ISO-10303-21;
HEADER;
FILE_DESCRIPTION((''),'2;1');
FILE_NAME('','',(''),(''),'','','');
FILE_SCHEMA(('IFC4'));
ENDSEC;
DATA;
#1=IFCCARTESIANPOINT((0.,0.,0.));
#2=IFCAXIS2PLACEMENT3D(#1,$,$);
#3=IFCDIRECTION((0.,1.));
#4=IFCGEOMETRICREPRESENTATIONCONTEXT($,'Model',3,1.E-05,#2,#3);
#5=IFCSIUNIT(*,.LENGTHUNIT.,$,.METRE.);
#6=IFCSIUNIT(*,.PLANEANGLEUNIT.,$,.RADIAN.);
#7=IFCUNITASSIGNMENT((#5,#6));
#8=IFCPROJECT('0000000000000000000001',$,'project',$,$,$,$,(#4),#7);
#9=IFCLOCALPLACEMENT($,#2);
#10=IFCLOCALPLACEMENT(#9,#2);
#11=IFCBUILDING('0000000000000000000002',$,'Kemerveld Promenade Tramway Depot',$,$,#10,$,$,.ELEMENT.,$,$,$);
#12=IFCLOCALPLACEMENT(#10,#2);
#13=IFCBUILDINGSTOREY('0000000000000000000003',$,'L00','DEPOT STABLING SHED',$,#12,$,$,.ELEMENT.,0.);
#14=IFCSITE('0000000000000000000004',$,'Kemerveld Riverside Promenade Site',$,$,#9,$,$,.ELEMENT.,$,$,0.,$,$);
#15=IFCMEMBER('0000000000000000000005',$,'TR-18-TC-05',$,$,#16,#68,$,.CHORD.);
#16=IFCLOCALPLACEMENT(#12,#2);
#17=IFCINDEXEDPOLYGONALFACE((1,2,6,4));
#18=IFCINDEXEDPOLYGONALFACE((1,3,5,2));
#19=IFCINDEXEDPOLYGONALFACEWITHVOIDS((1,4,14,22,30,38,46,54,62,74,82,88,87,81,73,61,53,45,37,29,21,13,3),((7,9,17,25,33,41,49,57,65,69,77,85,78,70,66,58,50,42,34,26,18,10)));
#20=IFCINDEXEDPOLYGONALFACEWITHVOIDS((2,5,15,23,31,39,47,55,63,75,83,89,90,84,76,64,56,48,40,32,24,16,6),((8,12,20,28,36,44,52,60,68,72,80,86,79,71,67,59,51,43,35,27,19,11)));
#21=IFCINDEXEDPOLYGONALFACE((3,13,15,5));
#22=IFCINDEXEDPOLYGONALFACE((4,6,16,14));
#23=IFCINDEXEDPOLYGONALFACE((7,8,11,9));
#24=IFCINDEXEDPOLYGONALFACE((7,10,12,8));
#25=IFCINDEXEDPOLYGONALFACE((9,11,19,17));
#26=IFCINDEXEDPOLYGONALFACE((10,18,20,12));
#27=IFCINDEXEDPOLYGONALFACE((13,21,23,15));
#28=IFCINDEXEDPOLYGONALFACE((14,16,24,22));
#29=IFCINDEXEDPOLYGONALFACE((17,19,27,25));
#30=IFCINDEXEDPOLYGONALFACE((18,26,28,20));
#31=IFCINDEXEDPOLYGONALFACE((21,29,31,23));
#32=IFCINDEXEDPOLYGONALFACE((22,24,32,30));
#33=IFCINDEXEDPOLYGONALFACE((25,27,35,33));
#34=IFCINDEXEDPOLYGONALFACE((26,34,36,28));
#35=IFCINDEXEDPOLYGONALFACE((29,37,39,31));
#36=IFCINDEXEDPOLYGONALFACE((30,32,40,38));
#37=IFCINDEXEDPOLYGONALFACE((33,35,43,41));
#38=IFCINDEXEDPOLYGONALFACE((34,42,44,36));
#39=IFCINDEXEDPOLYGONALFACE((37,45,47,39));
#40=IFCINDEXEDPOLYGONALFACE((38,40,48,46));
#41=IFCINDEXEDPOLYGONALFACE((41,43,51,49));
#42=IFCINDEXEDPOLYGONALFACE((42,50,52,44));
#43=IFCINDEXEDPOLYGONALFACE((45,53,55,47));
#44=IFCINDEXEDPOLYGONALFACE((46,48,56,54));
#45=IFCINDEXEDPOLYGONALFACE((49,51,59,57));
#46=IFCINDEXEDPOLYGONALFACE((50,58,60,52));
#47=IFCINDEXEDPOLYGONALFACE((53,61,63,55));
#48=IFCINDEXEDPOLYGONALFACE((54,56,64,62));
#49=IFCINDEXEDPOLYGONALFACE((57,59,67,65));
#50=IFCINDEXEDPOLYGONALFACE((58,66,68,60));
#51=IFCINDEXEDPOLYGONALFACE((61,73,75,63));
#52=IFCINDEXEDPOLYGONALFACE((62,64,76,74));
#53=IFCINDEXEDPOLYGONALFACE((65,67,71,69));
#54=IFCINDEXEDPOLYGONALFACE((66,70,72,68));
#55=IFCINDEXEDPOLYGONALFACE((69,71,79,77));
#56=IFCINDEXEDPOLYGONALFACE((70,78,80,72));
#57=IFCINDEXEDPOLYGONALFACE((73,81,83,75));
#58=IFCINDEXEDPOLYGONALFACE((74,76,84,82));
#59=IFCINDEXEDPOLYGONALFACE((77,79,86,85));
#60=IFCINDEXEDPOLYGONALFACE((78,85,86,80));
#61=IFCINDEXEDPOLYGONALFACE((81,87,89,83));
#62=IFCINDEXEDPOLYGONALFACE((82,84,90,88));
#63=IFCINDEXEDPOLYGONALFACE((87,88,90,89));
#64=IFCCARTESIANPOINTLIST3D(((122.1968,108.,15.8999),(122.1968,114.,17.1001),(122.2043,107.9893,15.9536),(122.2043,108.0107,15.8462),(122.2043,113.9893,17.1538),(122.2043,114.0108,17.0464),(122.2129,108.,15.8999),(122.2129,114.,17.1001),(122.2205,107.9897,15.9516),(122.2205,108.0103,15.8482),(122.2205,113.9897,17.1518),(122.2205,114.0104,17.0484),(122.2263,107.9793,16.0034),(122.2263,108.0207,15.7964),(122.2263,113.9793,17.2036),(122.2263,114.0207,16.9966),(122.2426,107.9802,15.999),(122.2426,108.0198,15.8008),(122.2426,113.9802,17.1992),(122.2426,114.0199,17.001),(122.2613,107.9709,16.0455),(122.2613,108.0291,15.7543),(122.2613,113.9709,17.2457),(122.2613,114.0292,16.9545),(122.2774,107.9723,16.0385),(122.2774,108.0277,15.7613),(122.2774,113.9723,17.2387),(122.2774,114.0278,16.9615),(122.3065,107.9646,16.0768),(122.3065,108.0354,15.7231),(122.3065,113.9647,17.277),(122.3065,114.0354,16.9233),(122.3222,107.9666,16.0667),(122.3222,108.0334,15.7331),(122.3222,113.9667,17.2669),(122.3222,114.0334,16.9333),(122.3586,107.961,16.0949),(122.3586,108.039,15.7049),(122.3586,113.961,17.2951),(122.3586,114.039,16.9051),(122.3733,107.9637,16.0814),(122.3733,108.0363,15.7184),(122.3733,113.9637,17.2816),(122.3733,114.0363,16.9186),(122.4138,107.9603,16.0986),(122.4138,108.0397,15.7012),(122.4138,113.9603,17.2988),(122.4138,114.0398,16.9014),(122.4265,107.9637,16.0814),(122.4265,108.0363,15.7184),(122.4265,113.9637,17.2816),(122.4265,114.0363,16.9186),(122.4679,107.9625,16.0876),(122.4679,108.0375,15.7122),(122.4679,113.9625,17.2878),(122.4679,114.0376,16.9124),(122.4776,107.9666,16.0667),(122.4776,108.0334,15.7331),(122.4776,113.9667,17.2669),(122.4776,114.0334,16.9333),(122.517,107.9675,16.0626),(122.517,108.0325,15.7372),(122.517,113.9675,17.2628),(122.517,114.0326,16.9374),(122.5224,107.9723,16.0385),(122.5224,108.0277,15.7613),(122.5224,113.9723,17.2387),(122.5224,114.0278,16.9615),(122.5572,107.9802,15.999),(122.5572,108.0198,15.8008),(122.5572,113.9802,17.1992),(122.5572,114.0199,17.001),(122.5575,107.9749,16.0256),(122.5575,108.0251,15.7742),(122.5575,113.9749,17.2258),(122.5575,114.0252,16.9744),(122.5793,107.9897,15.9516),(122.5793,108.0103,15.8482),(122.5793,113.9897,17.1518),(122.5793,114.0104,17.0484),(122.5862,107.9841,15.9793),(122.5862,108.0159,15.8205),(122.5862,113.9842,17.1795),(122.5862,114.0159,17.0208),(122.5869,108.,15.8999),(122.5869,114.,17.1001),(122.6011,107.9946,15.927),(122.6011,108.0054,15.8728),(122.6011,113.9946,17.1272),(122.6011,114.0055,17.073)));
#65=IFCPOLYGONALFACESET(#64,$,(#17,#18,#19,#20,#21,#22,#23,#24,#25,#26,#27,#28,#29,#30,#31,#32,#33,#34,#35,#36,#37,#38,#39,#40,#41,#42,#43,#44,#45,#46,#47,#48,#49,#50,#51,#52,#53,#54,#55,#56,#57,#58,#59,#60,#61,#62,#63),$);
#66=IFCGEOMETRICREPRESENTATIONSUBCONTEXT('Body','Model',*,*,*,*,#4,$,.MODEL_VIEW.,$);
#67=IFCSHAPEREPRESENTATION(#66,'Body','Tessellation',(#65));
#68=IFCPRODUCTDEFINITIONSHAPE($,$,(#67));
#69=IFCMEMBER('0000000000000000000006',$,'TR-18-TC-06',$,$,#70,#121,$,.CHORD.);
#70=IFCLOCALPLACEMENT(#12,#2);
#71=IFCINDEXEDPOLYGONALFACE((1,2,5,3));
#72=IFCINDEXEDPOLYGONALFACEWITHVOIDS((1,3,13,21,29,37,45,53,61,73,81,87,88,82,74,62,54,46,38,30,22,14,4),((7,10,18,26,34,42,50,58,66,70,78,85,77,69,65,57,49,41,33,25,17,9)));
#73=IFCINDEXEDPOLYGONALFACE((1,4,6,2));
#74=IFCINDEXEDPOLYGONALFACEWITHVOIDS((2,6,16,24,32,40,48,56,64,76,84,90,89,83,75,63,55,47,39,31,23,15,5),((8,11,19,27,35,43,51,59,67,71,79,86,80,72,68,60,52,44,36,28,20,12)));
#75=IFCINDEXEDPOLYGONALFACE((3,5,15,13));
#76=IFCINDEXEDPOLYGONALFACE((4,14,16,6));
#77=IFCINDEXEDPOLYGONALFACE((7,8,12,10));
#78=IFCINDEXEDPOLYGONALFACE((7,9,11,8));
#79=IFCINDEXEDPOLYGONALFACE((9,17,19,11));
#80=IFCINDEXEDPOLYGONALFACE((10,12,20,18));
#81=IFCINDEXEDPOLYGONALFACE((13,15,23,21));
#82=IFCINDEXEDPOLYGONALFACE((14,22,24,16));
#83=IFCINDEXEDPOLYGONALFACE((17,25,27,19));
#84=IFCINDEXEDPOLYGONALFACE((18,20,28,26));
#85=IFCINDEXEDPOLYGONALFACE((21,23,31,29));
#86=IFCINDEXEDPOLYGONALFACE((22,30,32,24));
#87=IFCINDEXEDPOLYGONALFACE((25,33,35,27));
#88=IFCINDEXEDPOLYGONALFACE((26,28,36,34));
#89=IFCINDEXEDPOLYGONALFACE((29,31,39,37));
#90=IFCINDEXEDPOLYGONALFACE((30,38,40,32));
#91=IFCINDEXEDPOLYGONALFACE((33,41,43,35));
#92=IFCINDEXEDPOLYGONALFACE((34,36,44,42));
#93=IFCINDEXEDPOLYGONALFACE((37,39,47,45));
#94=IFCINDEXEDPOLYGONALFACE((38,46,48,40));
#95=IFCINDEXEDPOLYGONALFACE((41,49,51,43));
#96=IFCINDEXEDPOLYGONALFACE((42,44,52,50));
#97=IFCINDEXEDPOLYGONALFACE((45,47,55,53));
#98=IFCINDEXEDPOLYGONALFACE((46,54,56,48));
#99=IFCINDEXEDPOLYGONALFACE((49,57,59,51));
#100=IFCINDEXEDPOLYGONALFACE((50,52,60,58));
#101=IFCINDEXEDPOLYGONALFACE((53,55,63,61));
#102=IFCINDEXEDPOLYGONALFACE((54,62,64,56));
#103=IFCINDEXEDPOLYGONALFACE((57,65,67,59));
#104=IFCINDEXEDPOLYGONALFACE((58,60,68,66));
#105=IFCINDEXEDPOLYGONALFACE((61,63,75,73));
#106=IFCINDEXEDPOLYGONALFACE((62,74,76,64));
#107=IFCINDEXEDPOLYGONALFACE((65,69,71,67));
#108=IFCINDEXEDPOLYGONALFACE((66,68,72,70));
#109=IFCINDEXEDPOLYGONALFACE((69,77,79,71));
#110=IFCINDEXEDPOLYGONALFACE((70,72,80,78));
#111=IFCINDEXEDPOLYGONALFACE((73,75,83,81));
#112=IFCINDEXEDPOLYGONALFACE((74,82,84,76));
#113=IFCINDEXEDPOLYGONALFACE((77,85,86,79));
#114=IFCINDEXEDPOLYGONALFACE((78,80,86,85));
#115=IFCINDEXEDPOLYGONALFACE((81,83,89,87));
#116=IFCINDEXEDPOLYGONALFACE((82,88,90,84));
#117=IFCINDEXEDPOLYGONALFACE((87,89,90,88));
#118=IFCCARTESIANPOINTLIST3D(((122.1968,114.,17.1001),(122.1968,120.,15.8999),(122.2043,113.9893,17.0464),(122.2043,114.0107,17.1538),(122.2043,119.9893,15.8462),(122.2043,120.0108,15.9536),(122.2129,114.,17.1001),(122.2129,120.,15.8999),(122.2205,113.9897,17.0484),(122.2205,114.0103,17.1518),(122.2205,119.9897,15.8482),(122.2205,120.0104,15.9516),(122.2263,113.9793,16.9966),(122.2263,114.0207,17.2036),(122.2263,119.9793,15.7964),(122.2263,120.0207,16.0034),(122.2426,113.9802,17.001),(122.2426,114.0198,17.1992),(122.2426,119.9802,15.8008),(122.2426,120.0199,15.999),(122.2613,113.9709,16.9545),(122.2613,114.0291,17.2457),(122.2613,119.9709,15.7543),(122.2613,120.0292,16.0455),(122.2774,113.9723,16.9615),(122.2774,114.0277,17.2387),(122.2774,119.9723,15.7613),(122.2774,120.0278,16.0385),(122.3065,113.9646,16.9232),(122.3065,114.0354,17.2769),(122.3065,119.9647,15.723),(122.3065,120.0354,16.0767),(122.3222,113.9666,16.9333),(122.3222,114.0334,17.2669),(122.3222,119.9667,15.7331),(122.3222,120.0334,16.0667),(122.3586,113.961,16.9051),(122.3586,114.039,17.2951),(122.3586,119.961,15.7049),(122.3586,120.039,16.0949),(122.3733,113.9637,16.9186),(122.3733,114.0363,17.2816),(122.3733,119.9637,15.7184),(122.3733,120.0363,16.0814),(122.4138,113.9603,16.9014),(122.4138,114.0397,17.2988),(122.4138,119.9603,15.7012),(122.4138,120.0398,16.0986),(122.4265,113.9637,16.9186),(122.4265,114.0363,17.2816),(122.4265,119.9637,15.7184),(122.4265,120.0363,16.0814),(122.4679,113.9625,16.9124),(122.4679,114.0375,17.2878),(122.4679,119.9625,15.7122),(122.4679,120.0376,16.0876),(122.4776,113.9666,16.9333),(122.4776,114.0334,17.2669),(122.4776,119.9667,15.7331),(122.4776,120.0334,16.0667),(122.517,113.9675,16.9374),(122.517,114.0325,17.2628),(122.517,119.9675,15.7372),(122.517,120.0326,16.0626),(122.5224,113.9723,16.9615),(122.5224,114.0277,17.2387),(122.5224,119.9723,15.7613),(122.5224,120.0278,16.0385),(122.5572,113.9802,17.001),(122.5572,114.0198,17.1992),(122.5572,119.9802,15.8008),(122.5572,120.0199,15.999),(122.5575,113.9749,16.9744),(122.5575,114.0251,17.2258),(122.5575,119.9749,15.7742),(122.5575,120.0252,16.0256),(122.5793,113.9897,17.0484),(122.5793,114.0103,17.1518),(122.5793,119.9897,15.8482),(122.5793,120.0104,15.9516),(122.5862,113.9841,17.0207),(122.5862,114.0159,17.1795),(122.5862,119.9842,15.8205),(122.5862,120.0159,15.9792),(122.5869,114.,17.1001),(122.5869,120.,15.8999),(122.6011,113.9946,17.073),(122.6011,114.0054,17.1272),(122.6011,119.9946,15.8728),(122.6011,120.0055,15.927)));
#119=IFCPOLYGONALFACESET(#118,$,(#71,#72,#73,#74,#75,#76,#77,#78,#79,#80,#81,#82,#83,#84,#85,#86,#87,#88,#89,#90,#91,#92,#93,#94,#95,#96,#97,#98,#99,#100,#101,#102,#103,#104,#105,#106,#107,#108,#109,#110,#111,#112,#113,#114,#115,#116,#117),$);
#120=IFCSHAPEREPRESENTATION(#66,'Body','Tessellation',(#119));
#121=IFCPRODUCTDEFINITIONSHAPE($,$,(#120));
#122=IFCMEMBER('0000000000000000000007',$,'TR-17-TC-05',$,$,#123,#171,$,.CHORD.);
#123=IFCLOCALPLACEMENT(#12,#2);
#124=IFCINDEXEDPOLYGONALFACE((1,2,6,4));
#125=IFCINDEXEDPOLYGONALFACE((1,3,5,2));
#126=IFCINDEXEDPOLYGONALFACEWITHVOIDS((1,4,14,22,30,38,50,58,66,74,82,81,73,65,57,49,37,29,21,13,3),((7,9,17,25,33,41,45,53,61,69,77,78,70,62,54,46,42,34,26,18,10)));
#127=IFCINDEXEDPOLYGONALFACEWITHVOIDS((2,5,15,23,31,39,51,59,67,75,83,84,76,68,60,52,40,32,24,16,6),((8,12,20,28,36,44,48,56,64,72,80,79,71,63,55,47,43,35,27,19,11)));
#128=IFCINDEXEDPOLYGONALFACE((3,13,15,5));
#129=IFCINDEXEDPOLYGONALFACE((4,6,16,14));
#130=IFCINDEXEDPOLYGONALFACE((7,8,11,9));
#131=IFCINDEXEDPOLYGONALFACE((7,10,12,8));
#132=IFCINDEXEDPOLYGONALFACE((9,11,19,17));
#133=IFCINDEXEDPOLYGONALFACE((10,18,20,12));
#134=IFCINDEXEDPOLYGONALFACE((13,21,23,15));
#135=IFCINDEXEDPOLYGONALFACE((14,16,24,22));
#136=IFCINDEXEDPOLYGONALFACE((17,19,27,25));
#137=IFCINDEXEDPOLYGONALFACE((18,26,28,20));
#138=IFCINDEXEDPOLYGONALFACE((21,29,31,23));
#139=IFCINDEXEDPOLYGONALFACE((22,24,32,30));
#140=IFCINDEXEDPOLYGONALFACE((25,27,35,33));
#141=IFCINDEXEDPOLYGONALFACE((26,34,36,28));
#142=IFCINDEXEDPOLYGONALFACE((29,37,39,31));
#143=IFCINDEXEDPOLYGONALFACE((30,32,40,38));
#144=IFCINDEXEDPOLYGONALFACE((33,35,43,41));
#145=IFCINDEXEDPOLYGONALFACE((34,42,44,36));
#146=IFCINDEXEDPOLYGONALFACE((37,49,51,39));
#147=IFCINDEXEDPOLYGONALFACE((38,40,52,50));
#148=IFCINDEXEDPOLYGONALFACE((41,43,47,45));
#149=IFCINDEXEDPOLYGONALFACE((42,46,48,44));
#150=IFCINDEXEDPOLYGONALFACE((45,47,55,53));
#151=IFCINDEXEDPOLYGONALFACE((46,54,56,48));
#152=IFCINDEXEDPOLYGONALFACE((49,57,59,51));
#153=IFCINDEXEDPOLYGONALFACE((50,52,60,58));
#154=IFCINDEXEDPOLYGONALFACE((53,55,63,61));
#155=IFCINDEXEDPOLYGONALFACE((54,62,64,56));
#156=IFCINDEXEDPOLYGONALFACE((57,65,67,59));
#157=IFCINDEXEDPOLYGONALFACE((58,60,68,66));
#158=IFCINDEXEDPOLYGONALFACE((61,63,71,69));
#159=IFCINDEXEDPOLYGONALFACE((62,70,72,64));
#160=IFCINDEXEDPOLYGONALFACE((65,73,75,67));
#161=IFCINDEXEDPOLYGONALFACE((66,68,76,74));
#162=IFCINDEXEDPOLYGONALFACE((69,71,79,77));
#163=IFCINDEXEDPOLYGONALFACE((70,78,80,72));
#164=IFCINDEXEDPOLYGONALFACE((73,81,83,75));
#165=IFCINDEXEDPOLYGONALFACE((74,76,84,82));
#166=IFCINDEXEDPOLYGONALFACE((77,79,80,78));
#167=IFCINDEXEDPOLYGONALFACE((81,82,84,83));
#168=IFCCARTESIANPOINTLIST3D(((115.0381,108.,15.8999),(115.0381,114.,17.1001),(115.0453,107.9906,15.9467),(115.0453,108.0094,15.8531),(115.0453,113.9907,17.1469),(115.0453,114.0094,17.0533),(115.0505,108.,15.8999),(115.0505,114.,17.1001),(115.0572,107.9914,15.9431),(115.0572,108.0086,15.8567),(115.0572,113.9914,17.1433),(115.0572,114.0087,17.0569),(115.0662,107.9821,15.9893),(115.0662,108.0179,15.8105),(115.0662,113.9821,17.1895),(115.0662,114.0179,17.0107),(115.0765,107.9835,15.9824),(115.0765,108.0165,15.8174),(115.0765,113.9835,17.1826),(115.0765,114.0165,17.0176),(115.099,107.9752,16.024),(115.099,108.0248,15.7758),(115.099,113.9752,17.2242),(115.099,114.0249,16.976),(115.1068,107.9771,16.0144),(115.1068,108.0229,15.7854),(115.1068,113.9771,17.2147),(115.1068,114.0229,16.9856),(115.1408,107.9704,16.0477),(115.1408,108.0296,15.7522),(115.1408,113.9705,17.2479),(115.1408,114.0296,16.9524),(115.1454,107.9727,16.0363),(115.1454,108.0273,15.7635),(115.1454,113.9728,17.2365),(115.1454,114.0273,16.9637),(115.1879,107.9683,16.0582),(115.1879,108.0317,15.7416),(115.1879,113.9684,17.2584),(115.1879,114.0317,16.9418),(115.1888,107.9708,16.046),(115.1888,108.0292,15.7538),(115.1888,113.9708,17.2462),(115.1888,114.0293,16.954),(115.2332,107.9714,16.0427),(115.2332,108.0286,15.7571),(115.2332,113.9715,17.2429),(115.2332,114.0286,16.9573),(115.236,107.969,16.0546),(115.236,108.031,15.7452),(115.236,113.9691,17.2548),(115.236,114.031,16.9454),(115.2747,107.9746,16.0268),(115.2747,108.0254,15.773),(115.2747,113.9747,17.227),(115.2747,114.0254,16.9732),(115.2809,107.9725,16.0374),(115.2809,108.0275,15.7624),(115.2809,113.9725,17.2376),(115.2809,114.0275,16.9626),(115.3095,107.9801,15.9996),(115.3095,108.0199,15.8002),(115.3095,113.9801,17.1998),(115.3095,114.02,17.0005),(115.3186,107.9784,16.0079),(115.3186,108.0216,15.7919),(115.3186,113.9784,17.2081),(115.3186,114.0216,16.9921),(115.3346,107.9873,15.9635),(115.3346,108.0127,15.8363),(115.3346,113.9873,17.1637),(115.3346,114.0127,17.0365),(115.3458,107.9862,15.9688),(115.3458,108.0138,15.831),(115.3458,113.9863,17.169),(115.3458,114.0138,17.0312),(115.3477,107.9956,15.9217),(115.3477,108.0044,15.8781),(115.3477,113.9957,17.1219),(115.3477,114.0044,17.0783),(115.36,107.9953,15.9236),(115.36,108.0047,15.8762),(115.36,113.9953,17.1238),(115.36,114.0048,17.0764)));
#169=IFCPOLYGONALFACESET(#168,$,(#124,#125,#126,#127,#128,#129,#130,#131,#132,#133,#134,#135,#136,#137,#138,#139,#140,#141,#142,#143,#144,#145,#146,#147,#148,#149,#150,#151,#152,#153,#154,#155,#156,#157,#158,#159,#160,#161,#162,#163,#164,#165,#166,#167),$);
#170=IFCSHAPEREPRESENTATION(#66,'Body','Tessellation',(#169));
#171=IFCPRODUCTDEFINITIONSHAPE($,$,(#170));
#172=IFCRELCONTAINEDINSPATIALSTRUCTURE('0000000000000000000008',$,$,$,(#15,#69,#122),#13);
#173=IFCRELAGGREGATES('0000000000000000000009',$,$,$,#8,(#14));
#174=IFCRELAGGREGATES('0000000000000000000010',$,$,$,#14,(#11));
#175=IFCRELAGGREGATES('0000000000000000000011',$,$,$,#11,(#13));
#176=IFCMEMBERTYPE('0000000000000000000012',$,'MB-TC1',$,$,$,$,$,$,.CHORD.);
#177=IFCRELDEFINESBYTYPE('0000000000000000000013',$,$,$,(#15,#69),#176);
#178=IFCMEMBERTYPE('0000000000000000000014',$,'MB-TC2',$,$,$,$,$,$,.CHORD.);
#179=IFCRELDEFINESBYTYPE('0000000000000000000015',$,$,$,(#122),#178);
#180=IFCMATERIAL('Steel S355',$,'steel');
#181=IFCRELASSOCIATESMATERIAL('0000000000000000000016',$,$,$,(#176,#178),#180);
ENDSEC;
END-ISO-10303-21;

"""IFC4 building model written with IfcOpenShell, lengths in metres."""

from ifc_helpers import new_model, si_unit, direction, frame, origin, origin_2d, place, context, subcontext, project, spatial, hollow_circle, extrude, material, material_profile, profile_set, type_object, element, save


model = new_model("IFC4")

# Units and contexts
model_context = context("Model", 3, precision=1e-05, world=origin(), true_north=direction((0.0, 1.0)))
body_context = subcontext(model_context, "Body", "Model", "MODEL_VIEW")
ifc_project = project(units=[si_unit("LENGTHUNIT", "METRE"), si_unit("PLANEANGLEUNIT", "RADIAN")], contexts=[model_context])

# Site, building, storey
site_placement = place(None, origin())
site = spatial("IfcSite", under=ifc_project, at=site_placement, Name="Kemerveld Riverside Promenade Site", CompositionType="ELEMENT", RefElevation=0.0)
building_placement = place(site_placement, origin())
building = spatial("IfcBuilding", under=site, at=building_placement, Name="Kemerveld Promenade Tramway Depot", CompositionType="ELEMENT")
storey_placement = place(building_placement, origin())
storey = spatial("IfcBuildingStorey", under=building, at=storey_placement, Name="L00", Description="DEPOT STABLING SHED", CompositionType="ELEMENT", Elevation=0.0)

# Members
ifc_material_1 = material(Name="Steel S355", Category="steel")
ifc_material_profile_1 = material_profile(ifc_material_1, hollow_circle(Radius=0.2031, WallThickness=0.0161, at=origin_2d()), Name="406.4x16.0 CHS")
ifc_profile_set_1 = profile_set([ifc_material_profile_1], Name="Steel S355")
member_type_1 = type_object("IfcMemberType", Name="MB-TC1", PredefinedType="CHORD", material=ifc_profile_set_1)
for number, where, z_axis, x_axis, name in (
    (1, (122.3999, 108.0, 15.8999), (0.0, 0.980575, 0.196147), (-1.0, 0.0, 0.0), "TR-18-TC-05"),
    (2, (122.3999, 114.0, 17.1001), (0.0, 0.980575, -0.196147), (-1.0, 0.0, 0.0), "TR-18-TC-06"),
):
    element("IfcMember", number, at=place(storey_placement, frame(where, z_axis=z_axis, x_axis=x_axis)), inside=storey, type_object=member_type_1, Name=name, PredefinedType="CHORD", context=body_context, shape_type="SweptSolid", body=[
        extrude(hollow_circle(Radius=0.2031, WallThickness=0.0161, at=origin_2d()), origin(), (0.0, 0.0, 1.0), 6.1189),
    ])
ifc_material_profile_2 = material_profile(ifc_material_1, hollow_circle(Radius=0.1619, WallThickness=0.0125, at=origin_2d()), Name="323.9x12.5 CHS")
ifc_profile_set_2 = profile_set([ifc_material_profile_2], Name="Steel S355")
member_type_2 = type_object("IfcMemberType", Name="MB-TC2", PredefinedType="CHORD", material=ifc_profile_set_2)
for number, where, z_axis, x_axis, name in (
    (3, (115.2, 108.0, 15.8999), (0.0, 0.980575, 0.196147), (-1.0, 0.0, 0.0), "TR-17-TC-05"),
):
    element("IfcMember", number, at=place(storey_placement, frame(where, z_axis=z_axis, x_axis=x_axis)), inside=storey, type_object=member_type_2, Name=name, PredefinedType="CHORD", context=body_context, shape_type="SweptSolid", body=[
        extrude(hollow_circle(Radius=0.1619, WallThickness=0.0125, at=origin_2d()), origin(), (0.0, 0.0, 1.0), 6.1189),
    ])

save(model, "model.ifc")
